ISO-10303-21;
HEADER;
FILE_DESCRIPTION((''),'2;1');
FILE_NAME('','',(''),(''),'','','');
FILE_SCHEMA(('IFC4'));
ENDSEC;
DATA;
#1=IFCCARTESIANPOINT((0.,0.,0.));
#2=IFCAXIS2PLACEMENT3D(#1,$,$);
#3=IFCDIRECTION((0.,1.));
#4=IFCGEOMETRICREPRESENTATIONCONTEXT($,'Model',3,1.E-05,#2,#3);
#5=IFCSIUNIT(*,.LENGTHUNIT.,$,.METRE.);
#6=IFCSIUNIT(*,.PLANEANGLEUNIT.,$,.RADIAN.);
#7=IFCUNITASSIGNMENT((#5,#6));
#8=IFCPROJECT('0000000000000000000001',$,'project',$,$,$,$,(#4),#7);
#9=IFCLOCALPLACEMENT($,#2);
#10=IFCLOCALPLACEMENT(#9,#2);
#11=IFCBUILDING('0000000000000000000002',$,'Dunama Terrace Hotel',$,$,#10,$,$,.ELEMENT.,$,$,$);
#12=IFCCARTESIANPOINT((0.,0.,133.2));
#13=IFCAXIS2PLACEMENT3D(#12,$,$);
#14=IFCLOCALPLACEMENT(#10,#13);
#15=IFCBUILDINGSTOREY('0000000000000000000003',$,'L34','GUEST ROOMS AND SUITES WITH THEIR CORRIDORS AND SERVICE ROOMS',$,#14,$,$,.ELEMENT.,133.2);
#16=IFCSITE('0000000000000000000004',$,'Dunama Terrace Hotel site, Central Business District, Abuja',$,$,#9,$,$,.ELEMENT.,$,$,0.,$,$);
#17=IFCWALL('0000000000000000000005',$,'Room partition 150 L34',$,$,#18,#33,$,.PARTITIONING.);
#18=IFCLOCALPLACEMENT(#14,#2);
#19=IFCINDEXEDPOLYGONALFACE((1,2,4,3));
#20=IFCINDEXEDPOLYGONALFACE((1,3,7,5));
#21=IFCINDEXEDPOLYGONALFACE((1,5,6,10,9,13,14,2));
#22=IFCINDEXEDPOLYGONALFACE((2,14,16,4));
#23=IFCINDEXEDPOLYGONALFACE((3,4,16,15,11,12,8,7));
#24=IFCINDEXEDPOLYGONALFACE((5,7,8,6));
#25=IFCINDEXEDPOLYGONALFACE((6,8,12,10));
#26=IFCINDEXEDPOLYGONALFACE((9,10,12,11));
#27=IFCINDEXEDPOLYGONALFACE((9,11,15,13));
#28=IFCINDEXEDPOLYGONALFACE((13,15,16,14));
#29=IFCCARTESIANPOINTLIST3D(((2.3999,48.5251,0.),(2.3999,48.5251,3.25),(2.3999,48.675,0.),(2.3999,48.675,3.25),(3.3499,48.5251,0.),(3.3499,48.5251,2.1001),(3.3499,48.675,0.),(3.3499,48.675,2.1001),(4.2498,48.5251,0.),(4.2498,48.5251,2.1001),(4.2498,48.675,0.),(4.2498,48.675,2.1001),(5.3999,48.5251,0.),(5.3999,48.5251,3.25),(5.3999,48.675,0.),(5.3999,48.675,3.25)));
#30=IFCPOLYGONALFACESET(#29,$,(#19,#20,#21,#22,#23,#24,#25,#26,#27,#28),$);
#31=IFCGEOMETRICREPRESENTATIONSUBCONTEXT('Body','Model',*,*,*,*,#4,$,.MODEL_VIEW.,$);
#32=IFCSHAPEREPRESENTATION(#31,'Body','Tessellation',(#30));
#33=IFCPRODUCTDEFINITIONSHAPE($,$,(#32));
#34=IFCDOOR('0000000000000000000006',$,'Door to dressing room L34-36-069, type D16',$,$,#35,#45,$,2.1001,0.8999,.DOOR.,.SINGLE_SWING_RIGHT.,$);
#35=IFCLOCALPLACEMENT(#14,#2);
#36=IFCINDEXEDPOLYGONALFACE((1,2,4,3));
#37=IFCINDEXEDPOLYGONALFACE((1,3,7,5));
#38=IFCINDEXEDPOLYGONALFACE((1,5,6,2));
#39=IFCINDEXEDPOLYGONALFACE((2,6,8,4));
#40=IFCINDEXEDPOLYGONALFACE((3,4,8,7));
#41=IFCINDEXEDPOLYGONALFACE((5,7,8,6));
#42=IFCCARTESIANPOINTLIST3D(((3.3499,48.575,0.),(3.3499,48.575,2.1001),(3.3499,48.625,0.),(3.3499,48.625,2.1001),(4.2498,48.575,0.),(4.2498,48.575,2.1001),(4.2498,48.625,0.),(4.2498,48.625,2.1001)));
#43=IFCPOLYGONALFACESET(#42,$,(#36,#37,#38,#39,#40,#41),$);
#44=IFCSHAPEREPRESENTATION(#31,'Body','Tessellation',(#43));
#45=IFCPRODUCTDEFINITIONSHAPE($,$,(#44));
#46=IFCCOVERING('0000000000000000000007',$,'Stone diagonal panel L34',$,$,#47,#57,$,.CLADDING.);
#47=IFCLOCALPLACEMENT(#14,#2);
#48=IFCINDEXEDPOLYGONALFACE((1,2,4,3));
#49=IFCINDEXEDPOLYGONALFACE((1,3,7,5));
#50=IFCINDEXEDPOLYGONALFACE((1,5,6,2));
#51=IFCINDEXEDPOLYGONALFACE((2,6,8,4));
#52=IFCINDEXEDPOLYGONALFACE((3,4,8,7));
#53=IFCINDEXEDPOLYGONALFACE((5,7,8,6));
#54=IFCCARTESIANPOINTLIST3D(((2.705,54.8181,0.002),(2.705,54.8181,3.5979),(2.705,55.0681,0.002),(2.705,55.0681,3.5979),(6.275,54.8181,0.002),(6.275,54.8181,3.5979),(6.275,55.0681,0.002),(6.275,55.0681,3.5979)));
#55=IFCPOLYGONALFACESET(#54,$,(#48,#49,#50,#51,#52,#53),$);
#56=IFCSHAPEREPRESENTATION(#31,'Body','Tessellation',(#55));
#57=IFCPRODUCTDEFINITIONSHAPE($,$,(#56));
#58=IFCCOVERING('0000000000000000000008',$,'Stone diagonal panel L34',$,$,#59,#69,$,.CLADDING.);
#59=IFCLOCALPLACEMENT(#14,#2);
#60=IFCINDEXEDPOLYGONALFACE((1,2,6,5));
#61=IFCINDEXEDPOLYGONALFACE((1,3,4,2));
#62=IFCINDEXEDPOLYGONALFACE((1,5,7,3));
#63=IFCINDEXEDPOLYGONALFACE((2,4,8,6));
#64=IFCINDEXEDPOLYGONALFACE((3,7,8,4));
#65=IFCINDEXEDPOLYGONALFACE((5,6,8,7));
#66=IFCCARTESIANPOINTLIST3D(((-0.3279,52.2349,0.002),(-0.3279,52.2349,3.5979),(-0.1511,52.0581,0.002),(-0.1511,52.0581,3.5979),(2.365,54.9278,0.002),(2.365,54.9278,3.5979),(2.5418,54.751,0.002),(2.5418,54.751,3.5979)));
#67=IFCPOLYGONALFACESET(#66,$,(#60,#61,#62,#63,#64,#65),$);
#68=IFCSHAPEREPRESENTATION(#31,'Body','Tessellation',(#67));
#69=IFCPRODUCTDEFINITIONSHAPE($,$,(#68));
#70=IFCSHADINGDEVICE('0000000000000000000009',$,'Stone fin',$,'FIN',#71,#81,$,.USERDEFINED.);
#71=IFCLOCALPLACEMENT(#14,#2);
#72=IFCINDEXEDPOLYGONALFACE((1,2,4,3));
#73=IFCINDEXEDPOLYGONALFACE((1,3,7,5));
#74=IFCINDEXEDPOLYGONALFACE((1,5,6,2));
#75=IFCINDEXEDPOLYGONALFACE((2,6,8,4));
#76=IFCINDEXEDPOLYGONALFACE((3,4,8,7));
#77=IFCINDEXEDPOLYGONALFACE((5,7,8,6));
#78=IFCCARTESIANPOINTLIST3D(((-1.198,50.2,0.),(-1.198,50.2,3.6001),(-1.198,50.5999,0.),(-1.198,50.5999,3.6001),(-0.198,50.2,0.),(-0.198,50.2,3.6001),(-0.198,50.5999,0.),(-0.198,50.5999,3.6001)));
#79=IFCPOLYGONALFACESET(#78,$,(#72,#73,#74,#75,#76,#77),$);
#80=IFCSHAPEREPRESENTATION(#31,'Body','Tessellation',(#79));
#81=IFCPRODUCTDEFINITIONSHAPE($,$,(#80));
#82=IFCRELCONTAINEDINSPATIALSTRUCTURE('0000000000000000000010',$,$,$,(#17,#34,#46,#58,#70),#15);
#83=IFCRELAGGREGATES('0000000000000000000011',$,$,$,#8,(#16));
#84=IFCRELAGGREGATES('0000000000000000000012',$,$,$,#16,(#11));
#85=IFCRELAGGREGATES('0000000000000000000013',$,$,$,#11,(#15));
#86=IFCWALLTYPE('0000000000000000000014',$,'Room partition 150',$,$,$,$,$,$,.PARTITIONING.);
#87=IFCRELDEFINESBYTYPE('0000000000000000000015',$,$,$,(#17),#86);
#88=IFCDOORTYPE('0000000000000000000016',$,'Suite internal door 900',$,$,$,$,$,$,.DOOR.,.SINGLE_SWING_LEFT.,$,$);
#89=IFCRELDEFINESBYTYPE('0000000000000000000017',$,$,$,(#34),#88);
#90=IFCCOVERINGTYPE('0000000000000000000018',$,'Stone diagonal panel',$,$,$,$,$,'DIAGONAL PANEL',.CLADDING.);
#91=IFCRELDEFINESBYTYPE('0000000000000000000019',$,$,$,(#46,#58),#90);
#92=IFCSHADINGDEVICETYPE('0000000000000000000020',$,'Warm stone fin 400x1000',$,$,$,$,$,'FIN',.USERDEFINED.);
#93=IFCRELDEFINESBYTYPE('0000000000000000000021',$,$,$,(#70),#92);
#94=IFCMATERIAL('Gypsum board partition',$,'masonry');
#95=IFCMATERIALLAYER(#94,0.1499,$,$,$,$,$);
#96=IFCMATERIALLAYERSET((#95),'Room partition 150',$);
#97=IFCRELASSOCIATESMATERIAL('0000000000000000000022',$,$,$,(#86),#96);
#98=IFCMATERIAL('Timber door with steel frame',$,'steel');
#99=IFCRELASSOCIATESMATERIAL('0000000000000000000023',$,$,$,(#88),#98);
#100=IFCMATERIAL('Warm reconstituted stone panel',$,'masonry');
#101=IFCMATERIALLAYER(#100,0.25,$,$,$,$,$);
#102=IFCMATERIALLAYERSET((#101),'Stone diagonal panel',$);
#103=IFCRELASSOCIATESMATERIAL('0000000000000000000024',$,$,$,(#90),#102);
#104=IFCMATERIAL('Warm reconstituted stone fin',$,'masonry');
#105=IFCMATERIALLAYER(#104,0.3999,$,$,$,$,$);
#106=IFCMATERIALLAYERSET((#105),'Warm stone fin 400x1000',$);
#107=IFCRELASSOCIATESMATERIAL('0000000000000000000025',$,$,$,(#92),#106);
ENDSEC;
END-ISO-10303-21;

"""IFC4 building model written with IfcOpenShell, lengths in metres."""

from ifc_helpers import new_model, si_unit, direction, frame, frame_2d, origin, origin_2d, place, context, subcontext, project, spatial, rectangle, extrude, material, layer, layer_set, type_object, element, fill, save


model = new_model("IFC4")

# Units and contexts
model_context = context("Model", 3, precision=1e-05, world=origin(), true_north=direction((0.0, 1.0)))
body_context = subcontext(model_context, "Body", "Model", "MODEL_VIEW")
ifc_project = project(units=[si_unit("LENGTHUNIT", "METRE"), si_unit("PLANEANGLEUNIT", "RADIAN")], contexts=[model_context])

# Site, building, storey
site_placement = place(None, origin())
site = spatial("IfcSite", under=ifc_project, at=site_placement, Name="Dunama Terrace Hotel site, Central Business District, Abuja", CompositionType="ELEMENT", RefElevation=0.0)
building_placement = place(site_placement, origin())
building = spatial("IfcBuilding", under=site, at=building_placement, Name="Dunama Terrace Hotel", CompositionType="ELEMENT")
storey_placement = place(building_placement, frame((0.0, 0.0, 133.2)))
storey = spatial("IfcBuildingStorey", under=building, at=storey_placement, Name="L34", Description="GUEST ROOMS AND SUITES WITH THEIR CORRIDORS AND SERVICE ROOMS", CompositionType="ELEMENT", Elevation=133.2)

# Shared definitions
ifc_material_1 = material(Name="Gypsum board partition", Category="masonry")
ifc_layer_1 = layer(ifc_material_1, 0.1499)
ifc_layer_set_1 = layer_set([ifc_layer_1], Name="Room partition 150")
wall_type_1 = type_object("IfcWallType", Name="Room partition 150", PredefinedType="PARTITIONING", material=ifc_layer_set_1)

# Wall, opening, door
ifc_material_2 = material(Name="Timber door with steel frame", Category="steel")
door_type_1 = type_object("IfcDoorType", Name="Suite internal door 900", OperationType="SINGLE_SWING_LEFT", PredefinedType="DOOR", material=ifc_material_2)
wall_1_placement = place(storey_placement, frame((2.3999, 48.6001, 0.0), z_axis=(0.0, 0.0, 1.0), x_axis=(1.0, 0.0, 0.0)))
wall_1 = element("IfcWall", 1, at=wall_1_placement, inside=storey, type_object=wall_type_1, Name="Room partition 150 L34", PredefinedType="PARTITIONING", context=body_context, shape_type="SweptSolid", body=[
    extrude(rectangle(XDim=3.0, YDim=0.1499, at=frame_2d((1.5, 0.0))), origin(), (0.0, 0.0, 1.0), 3.25),
])
opening_1_placement = place(wall_1_placement, frame((0.95, 0.0, 0.0)))
opening_1 = element("IfcOpeningElement", 2, at=opening_1_placement, cuts=wall_1, PredefinedType="OPENING", context=body_context, shape_type="SweptSolid", body=[
    extrude(rectangle(XDim=0.8999, YDim=2.1001, at=frame_2d((0.45, 1.05))), frame((0.0, 0.085, 0.0), z_axis=(0.0, -1.0, 0.0), x_axis=(1.0, 0.0, 0.0)), (0.0, 0.0, 1.0), 0.1699),
])
door_1_placement = place(opening_1_placement, frame((0.8999, 0.0, 0.0), z_axis=(0.0, 0.0, 1.0), x_axis=(-1.0, 0.0, 0.0)))
door_1 = element("IfcDoor", 3, at=door_1_placement, inside=storey, type_object=door_type_1, Name="Door to dressing room L34-36-069, type D16", OperationType="SINGLE_SWING_RIGHT", OverallHeight=2.1001, OverallWidth=0.8999, PredefinedType="DOOR", context=body_context, shape_type="SweptSolid", body=[
    extrude(rectangle(XDim=0.8999, YDim=2.1001, at=frame_2d((0.45, 1.05))), frame((0.0, 0.0251, 0.0), z_axis=(0.0, -1.0, 0.0), x_axis=(1.0, 0.0, 0.0)), (0.0, 0.0, 1.0), 0.05),
])
fill(opening_1, door_1)

# Coverings
ifc_material_3 = material(Name="Warm reconstituted stone panel", Category="masonry")
ifc_layer_2 = layer(ifc_material_3, 0.25)
ifc_layer_set_2 = layer_set([ifc_layer_2], Name="Stone diagonal panel")
covering_type = type_object("IfcCoveringType", Name="Stone diagonal panel", ElementType="DIAGONAL PANEL", PredefinedType="CLADDING", material=ifc_layer_set_2)
covering_1_placement = place(storey_placement, frame((4.49, 54.9431, 0.002), z_axis=(0.0, 0.0, 1.0), x_axis=(-1.0, 0.0, 0.0)))
element("IfcCovering", 4, at=covering_1_placement, inside=storey, type_object=covering_type, Name="Stone diagonal panel L34", PredefinedType="CLADDING", context=body_context, shape_type="SweptSolid", body=[
    extrude(rectangle(XDim=3.5701, YDim=0.25, at=origin_2d()), origin(), (0.0, 0.0, 1.0), 3.5959),
])
covering_2_placement = place(storey_placement, frame((1.1069, 53.4929, 0.002), z_axis=(0.0, 0.0, 1.0), x_axis=(-0.707107, -0.707107, 0.0)))
element("IfcCovering", 5, at=covering_2_placement, inside=storey, type_object=covering_type, Name="Stone diagonal panel L34", PredefinedType="CLADDING", context=body_context, shape_type="SweptSolid", body=[
    extrude(rectangle(XDim=3.8083, YDim=0.25, at=origin_2d()), origin(), (0.0, 0.0, 1.0), 3.5959),
])

# Shading device
ifc_material_4 = material(Name="Warm reconstituted stone fin", Category="masonry")
ifc_layer_3 = layer(ifc_material_4, 0.3999)
ifc_layer_set_3 = layer_set([ifc_layer_3], Name="Warm stone fin 400x1000")
shading_device_type = type_object("IfcShadingDeviceType", Name="Warm stone fin 400x1000", ElementType="FIN", PredefinedType="USERDEFINED", material=ifc_layer_set_3)
shading_device_placement = place(storey_placement, frame((-0.698, 50.3999, 0.0), z_axis=(0.0, 0.0, 1.0), x_axis=(0.0, -1.0, 0.0)))
element("IfcShadingDevice", 6, at=shading_device_placement, inside=storey, type_object=shading_device_type, Name="Stone fin", ObjectType="FIN", PredefinedType="USERDEFINED", context=body_context, shape_type="SweptSolid", body=[
    extrude(rectangle(XDim=0.3999, YDim=1.0, at=origin_2d()), origin(), (0.0, 0.0, 1.0), 3.6001),
])

save(model, "model.ifc")
